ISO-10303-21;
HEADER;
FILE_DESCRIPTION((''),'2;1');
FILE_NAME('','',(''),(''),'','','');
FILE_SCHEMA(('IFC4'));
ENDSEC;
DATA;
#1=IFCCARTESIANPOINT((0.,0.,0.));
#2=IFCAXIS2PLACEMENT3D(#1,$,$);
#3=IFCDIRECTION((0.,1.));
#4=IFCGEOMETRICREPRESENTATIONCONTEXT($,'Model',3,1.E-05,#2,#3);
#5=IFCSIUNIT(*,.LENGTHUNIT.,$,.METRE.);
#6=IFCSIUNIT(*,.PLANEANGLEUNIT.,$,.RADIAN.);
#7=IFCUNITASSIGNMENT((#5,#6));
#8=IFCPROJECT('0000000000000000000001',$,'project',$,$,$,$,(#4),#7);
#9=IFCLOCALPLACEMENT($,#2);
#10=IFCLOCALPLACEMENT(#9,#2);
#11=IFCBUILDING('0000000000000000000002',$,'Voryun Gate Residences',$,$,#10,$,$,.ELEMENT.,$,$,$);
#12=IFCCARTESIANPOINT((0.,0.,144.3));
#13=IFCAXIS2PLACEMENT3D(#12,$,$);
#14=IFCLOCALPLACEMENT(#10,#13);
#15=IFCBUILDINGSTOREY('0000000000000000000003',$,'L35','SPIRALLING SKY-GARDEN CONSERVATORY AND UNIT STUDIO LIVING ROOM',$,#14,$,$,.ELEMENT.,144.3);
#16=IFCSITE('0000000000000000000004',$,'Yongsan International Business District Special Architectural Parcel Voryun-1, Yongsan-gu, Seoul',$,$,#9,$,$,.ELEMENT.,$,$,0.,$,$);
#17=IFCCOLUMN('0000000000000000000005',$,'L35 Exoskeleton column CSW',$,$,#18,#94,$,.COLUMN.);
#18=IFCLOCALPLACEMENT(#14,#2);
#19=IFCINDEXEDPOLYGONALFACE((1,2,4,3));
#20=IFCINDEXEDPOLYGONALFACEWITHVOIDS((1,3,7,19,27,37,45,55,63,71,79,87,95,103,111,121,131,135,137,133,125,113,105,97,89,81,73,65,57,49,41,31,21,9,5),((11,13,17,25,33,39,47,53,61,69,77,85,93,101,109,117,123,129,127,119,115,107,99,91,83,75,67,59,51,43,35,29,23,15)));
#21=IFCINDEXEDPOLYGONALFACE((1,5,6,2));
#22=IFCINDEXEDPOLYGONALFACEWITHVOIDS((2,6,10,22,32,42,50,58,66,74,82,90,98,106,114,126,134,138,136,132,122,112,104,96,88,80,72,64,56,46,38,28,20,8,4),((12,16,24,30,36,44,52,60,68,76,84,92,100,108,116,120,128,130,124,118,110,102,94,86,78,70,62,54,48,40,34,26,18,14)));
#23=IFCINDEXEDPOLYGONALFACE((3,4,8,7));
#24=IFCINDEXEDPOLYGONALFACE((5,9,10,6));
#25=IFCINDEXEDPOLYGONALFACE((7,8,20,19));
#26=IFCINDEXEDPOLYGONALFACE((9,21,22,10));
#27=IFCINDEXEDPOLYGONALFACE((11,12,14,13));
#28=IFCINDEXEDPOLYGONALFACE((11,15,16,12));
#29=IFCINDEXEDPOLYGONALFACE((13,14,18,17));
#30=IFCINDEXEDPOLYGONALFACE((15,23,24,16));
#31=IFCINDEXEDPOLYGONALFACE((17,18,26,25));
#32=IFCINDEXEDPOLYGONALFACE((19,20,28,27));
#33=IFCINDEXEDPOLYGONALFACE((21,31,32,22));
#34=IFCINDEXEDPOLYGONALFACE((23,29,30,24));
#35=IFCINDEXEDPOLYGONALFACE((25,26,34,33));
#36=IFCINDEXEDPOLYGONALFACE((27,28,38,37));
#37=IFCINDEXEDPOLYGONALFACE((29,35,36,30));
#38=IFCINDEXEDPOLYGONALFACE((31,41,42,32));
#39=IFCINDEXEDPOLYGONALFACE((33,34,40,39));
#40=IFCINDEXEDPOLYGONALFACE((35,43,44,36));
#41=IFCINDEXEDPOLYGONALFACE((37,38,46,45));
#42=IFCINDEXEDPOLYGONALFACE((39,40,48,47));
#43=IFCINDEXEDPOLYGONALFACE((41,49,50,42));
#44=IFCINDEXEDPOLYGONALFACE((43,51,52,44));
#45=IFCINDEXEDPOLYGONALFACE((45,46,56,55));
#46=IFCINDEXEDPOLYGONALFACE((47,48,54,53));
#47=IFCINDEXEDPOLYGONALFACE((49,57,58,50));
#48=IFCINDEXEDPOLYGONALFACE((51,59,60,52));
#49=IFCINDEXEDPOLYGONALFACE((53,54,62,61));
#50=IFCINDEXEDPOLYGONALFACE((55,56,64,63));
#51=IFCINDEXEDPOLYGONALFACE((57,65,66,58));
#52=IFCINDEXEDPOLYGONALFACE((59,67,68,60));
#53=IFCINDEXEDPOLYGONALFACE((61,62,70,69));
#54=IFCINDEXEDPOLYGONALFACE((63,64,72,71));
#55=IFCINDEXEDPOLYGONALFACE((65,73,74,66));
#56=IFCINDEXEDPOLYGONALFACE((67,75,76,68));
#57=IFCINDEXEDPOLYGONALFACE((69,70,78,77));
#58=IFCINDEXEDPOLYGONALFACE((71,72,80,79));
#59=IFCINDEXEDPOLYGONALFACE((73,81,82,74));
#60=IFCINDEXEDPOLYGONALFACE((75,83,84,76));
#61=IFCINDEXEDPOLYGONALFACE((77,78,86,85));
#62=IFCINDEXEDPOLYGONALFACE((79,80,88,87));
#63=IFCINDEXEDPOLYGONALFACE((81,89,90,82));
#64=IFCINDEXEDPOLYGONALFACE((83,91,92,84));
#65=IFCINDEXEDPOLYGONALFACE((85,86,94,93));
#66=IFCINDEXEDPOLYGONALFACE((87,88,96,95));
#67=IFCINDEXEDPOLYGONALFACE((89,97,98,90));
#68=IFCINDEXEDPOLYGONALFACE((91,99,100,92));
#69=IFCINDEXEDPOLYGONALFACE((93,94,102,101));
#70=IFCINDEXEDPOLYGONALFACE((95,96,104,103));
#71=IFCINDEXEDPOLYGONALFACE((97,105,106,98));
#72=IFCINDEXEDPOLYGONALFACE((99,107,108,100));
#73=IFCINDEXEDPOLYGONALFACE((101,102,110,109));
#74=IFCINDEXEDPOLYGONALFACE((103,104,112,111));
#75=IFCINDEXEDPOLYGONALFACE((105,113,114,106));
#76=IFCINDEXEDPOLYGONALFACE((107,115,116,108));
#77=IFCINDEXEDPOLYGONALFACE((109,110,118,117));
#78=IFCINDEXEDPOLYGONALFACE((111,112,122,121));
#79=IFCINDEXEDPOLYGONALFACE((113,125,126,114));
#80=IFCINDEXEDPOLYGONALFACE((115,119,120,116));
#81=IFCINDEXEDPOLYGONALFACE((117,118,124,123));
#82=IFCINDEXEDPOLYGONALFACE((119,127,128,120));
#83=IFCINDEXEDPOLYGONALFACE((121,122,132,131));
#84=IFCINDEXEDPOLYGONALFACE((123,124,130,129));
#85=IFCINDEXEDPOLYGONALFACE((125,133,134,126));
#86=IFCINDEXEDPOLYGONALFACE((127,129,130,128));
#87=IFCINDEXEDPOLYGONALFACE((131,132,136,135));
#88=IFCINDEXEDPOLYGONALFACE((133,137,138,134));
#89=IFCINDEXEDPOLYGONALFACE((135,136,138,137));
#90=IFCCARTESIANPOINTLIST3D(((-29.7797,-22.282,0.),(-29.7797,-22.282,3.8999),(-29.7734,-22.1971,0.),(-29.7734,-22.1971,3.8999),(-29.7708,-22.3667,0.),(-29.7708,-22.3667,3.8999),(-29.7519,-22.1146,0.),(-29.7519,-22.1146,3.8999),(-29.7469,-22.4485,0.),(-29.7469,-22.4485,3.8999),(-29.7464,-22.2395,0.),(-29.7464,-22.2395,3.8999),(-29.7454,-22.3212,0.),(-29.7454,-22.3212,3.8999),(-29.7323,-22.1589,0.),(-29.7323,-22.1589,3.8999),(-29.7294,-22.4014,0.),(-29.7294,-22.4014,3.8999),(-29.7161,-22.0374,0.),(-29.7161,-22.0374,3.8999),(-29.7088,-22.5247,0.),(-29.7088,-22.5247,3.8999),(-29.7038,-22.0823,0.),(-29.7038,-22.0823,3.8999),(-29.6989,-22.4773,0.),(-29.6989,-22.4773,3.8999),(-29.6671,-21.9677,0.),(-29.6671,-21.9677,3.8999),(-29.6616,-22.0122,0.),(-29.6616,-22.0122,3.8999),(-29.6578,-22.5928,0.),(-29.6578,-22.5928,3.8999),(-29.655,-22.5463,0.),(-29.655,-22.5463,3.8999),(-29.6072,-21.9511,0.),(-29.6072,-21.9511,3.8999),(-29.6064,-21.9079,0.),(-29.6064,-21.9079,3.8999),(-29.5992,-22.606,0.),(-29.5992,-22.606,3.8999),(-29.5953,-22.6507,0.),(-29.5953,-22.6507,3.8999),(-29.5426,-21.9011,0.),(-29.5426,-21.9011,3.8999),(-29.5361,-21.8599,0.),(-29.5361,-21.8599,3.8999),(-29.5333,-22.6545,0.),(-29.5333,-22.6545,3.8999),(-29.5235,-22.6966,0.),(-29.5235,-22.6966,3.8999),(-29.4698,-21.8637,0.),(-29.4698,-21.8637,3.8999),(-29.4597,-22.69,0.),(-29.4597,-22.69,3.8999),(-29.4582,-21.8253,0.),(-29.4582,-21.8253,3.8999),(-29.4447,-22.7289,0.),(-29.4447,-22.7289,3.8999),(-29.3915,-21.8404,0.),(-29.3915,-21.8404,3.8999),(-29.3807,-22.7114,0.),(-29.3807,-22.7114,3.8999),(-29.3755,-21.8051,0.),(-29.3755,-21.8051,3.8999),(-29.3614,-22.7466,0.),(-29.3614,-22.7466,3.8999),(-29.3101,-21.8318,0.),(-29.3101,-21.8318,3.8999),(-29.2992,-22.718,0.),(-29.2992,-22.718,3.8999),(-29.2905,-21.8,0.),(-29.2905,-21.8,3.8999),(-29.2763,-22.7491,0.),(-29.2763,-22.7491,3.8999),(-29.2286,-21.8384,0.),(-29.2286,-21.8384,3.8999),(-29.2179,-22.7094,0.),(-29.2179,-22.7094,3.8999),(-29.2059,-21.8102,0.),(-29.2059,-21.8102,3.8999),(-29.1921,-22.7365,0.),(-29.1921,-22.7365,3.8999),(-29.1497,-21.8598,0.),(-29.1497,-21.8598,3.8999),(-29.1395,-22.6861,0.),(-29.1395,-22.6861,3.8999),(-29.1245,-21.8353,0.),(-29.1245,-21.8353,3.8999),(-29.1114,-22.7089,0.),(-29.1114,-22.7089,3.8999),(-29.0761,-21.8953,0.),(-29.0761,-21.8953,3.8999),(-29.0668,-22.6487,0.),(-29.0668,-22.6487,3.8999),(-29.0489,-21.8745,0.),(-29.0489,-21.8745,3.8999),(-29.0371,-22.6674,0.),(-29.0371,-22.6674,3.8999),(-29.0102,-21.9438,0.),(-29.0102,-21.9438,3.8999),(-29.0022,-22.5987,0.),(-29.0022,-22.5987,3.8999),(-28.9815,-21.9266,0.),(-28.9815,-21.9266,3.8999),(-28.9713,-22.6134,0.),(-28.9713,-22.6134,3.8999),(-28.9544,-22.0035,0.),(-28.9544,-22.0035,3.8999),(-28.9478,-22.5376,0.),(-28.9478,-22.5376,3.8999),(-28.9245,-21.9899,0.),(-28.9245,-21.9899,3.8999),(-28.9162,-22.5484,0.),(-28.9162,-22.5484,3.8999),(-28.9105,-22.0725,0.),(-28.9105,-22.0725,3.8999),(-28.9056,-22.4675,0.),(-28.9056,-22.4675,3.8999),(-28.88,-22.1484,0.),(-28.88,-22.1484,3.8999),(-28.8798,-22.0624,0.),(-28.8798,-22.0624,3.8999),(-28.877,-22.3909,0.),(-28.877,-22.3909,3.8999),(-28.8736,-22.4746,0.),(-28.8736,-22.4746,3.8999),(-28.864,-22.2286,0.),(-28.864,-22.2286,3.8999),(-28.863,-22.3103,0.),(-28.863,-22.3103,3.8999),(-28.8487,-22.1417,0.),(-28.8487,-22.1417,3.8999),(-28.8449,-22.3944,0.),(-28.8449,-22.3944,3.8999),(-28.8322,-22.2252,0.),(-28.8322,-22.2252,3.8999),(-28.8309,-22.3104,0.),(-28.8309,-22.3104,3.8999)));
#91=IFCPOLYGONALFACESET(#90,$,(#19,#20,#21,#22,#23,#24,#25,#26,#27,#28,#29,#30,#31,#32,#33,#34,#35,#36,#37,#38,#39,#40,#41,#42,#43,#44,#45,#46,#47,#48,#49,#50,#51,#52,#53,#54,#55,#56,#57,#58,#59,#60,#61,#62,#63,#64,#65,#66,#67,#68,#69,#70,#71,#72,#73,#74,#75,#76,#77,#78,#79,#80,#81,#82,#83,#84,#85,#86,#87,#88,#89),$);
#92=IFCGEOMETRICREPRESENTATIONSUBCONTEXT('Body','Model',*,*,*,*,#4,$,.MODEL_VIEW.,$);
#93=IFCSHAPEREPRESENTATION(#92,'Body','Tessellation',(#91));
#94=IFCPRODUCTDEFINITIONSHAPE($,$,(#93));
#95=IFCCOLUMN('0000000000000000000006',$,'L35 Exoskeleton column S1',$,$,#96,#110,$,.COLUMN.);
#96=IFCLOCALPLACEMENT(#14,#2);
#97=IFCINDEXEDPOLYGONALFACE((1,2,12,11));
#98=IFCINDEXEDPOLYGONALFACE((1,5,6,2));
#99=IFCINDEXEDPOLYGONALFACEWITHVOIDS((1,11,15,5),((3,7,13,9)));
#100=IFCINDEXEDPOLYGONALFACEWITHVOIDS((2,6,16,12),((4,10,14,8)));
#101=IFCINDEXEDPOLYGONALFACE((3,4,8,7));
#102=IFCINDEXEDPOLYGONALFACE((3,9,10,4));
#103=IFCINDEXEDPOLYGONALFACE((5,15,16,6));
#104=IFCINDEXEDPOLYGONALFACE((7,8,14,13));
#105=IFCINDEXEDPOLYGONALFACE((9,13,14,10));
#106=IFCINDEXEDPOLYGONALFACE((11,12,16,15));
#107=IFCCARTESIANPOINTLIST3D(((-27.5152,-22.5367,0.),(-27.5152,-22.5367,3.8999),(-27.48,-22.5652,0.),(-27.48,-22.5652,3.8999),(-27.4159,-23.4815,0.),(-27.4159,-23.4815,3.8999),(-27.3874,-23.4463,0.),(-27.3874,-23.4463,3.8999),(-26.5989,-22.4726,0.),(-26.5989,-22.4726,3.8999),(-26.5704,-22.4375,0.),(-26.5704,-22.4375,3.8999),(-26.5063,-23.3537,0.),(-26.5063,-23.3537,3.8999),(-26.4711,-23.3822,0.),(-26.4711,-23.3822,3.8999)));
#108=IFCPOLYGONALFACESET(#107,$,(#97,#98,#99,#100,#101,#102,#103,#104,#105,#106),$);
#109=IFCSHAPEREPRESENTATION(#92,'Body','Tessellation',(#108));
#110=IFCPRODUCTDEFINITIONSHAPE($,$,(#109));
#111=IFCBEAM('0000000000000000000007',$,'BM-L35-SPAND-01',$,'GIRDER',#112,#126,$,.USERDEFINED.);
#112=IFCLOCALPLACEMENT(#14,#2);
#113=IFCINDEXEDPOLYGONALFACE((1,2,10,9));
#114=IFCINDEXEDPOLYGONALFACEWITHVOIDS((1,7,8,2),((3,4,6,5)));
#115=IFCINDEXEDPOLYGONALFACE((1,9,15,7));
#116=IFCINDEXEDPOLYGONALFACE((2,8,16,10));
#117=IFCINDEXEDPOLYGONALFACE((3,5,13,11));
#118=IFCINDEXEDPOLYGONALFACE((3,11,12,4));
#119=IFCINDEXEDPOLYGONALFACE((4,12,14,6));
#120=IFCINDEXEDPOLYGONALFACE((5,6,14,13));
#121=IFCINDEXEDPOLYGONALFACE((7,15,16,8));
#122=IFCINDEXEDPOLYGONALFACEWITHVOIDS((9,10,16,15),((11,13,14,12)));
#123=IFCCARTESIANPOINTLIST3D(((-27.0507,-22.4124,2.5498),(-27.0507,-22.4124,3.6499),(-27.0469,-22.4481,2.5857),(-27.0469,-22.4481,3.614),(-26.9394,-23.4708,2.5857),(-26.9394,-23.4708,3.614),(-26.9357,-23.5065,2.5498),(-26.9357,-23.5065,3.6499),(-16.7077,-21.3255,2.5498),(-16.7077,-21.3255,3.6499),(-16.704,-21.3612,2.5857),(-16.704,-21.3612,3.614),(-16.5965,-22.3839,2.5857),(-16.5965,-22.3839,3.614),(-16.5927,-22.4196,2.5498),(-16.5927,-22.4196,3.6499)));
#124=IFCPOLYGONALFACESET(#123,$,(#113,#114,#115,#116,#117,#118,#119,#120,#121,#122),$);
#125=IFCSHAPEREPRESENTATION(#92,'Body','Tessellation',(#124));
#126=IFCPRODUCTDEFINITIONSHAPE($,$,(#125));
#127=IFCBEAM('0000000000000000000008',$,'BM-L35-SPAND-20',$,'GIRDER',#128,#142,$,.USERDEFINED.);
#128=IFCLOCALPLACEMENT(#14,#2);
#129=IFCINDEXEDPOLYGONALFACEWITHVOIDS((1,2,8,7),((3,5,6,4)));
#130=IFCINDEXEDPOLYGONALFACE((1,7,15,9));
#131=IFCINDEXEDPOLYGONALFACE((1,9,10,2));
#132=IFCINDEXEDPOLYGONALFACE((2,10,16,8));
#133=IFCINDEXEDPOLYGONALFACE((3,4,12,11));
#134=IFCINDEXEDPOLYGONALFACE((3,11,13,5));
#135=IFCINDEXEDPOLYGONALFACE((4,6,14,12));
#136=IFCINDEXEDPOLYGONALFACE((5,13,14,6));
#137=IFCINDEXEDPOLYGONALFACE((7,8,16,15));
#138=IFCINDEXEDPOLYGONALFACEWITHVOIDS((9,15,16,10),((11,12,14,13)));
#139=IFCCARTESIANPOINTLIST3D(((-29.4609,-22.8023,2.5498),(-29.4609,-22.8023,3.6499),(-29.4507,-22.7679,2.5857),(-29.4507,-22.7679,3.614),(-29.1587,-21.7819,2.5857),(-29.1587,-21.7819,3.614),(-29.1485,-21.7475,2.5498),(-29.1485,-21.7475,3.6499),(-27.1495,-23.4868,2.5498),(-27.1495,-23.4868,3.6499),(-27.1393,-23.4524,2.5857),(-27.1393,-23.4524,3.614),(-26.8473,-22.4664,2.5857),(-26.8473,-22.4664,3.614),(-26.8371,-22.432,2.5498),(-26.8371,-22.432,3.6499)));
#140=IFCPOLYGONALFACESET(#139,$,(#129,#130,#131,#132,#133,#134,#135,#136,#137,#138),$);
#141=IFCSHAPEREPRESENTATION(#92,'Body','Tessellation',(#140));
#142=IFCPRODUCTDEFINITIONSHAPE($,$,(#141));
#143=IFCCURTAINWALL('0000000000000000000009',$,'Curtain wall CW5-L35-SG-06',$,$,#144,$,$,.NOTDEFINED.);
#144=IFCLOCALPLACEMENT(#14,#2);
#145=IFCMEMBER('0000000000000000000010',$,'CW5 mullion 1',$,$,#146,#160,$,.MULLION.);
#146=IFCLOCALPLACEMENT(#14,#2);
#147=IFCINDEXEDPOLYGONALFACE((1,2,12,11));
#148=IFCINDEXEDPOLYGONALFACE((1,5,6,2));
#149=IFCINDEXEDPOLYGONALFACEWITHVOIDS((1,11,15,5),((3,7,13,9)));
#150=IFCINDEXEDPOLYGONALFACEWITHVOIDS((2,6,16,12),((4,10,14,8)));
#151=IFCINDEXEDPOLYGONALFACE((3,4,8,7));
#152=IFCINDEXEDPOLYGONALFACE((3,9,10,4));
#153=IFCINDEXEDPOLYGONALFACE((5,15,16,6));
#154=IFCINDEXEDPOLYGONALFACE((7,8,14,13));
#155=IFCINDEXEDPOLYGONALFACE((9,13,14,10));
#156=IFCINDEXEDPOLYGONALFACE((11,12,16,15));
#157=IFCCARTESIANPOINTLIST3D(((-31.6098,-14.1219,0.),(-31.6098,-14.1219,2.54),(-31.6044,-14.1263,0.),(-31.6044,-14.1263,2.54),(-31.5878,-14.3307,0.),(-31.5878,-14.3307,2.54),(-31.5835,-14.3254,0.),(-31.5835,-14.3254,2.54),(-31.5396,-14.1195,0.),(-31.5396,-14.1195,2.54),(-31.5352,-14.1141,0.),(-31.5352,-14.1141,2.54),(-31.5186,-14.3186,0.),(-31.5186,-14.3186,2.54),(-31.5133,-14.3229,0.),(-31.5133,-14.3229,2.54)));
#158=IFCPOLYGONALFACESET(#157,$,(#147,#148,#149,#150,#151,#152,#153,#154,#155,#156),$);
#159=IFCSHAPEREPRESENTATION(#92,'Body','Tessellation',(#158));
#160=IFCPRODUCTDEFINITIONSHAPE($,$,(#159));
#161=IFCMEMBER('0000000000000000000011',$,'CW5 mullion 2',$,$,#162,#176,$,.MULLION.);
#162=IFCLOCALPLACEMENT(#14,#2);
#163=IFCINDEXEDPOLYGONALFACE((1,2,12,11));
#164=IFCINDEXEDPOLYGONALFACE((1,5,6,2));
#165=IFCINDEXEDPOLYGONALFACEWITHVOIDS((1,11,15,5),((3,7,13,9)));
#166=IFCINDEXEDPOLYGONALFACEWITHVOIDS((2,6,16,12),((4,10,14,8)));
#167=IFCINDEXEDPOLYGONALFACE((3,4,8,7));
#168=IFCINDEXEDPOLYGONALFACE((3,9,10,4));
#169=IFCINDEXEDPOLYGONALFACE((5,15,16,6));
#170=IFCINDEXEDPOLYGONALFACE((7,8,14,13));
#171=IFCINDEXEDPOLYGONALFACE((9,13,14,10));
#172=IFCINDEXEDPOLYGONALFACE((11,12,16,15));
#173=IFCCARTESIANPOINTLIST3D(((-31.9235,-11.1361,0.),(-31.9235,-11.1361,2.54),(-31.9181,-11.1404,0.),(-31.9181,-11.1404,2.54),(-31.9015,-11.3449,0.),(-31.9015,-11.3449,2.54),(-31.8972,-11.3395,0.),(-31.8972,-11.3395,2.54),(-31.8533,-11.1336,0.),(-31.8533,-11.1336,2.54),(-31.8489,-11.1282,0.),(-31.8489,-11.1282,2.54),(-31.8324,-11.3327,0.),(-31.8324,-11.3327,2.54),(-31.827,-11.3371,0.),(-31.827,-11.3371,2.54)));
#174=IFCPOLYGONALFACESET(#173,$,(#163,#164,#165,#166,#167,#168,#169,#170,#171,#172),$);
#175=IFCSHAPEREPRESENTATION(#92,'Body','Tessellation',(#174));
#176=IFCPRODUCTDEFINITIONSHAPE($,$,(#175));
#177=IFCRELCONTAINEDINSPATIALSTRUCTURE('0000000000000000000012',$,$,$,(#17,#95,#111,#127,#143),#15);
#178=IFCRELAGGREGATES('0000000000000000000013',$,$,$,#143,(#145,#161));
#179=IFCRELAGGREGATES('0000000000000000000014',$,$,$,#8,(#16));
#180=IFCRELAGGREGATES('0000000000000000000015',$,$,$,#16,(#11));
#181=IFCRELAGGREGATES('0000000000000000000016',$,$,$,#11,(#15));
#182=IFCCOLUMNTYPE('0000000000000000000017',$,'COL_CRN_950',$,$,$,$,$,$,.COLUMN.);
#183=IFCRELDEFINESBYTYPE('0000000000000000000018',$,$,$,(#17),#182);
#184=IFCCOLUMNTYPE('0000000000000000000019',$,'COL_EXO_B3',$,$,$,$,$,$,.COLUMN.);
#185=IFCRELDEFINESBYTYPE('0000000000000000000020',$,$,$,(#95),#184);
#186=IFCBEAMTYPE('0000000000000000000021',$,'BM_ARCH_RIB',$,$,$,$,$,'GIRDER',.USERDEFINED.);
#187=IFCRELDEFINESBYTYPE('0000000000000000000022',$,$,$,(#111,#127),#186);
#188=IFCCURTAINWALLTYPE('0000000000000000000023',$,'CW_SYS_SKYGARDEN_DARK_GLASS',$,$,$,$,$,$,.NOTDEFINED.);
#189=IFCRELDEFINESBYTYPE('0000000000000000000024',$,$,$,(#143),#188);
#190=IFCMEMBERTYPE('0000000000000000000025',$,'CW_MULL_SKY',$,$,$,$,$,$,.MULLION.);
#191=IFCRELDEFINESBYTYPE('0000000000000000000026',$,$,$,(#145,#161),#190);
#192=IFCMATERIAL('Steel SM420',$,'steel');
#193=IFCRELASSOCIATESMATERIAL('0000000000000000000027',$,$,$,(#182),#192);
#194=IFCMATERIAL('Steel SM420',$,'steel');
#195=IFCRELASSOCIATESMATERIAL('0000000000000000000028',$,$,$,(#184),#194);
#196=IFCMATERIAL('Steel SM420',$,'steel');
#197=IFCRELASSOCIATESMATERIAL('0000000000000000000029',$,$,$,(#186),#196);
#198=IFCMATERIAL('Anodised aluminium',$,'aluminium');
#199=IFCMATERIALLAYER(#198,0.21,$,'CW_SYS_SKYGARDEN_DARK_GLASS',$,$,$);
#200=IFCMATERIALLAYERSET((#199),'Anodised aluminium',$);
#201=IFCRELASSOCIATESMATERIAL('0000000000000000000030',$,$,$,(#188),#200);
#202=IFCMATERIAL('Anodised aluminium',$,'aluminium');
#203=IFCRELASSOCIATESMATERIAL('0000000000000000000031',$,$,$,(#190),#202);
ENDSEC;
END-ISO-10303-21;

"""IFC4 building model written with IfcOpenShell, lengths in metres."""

from ifc_helpers import new_model, si_unit, direction, frame, origin, origin_2d, place, context, subcontext, project, spatial, hollow_rectangle, hollow_circle, extrude, material, layer, layer_set, material_profile, profile_set, type_object, element, aggregate, save


model = new_model("IFC4")

# Units and contexts
model_context = context("Model", 3, precision=1e-05, world=origin(), true_north=direction((0.0, 1.0)))
body_context = subcontext(model_context, "Body", "Model", "MODEL_VIEW")
ifc_project = project(units=[si_unit("LENGTHUNIT", "METRE"), si_unit("PLANEANGLEUNIT", "RADIAN")], contexts=[model_context])

# Site, building, storey
site_placement = place(None, origin())
site = spatial("IfcSite", under=ifc_project, at=site_placement, Name="Yongsan International Business District Special Architectural Parcel Voryun-1, Yongsan-gu, Seoul", CompositionType="ELEMENT", RefElevation=0.0)
building_placement = place(site_placement, origin())
building = spatial("IfcBuilding", under=site, at=building_placement, Name="Voryun Gate Residences", CompositionType="ELEMENT")
storey_placement = place(building_placement, frame((0.0, 0.0, 144.3)))
storey = spatial("IfcBuildingStorey", under=building, at=storey_placement, Name="L35", Description="SPIRALLING SKY-GARDEN CONSERVATORY AND UNIT STUDIO LIVING ROOM", CompositionType="ELEMENT", Elevation=144.3)

# Columns
ifc_material_1 = material(Name="Steel SM420", Category="steel")
ifc_material_profile_1 = material_profile(ifc_material_1, hollow_circle(Radius=0.4751, WallThickness=0.032, at=origin_2d()), Name="CHS-950x32")
ifc_profile_set_1 = profile_set([ifc_material_profile_1], Name="Steel SM420")
column_type_1 = type_object("IfcColumnType", Name="COL_CRN_950", PredefinedType="COLUMN", material=ifc_profile_set_1)
column_1_placement = place(storey_placement, frame((-29.3047, -22.2749, 0.0), z_axis=(0.0, 0.0, 1.0), x_axis=(0.994522, 0.104528, 0.0)))
element("IfcColumn", 1, at=column_1_placement, inside=storey, type_object=column_type_1, Name="L35 Exoskeleton column CSW", PredefinedType="COLUMN", context=body_context, shape_type="SweptSolid", body=[
    extrude(hollow_circle(Radius=0.4751, WallThickness=0.032, at=origin_2d()), origin(), (0.0, 0.0, 1.0), 3.8999),
])
ifc_material_2 = material(Name="Steel SM420", Category="steel")
ifc_material_profile_2 = material_profile(ifc_material_2, hollow_rectangle(XDim=0.95, YDim=0.95, WallThickness=0.032, at=origin_2d()), Name="BOX-950x950x32")
ifc_profile_set_2 = profile_set([ifc_material_profile_2], Name="Steel SM420")
column_type_2 = type_object("IfcColumnType", Name="COL_EXO_B3", PredefinedType="COLUMN", material=ifc_profile_set_2)
column_2_placement = place(storey_placement, frame((-26.9932, -22.9595, 0.0), z_axis=(0.0, 0.0, 1.0), x_axis=(0.994522, 0.104528, 0.0)))
element("IfcColumn", 2, at=column_2_placement, inside=storey, type_object=column_type_2, Name="L35 Exoskeleton column S1", PredefinedType="COLUMN", context=body_context, shape_type="SweptSolid", body=[
    extrude(hollow_rectangle(XDim=0.95, YDim=0.95, WallThickness=0.032, at=origin_2d()), origin(), (0.0, 0.0, 1.0), 3.8999),
])

# Beams
ifc_material_3 = material(Name="Steel SM420", Category="steel")
ifc_material_profile_3 = material_profile(ifc_material_3, hollow_rectangle(XDim=1.1001, YDim=1.1001, WallThickness=0.0359, at=origin_2d()), Name="BOX-1100x1100x36")
ifc_profile_set_3 = profile_set([ifc_material_profile_3], Name="Steel SM420")
beam_type = type_object("IfcBeamType", Name="BM_ARCH_RIB", ElementType="GIRDER", PredefinedType="USERDEFINED", material=ifc_profile_set_3)
beam_1_placement = place(storey_placement, frame((-26.9932, -22.9595, 3.0999), z_axis=(0.994524, 0.104511, 0.0), x_axis=(-0.104511, 0.994524, 0.0)))
element("IfcBeam", 3, at=beam_1_placement, inside=storey, type_object=beam_type, Name="BM-L35-SPAND-01", ObjectType="GIRDER", PredefinedType="USERDEFINED", context=body_context, shape_type="SweptSolid", body=[
    extrude(hollow_rectangle(XDim=1.1001, YDim=1.1001, WallThickness=0.0359, at=origin_2d()), origin(), (0.0, 0.0, 1.0), 10.3999),
])
beam_2_placement = place(storey_placement, frame((-29.3047, -22.2749, 3.0999), z_axis=(0.958835, -0.283964, 0.0), x_axis=(0.283964, 0.958835, 0.0)))
element("IfcBeam", 4, at=beam_2_placement, inside=storey, type_object=beam_type, Name="BM-L35-SPAND-20", ObjectType="GIRDER", PredefinedType="USERDEFINED", context=body_context, shape_type="SweptSolid", body=[
    extrude(hollow_rectangle(XDim=1.1001, YDim=1.1001, WallThickness=0.0359, at=origin_2d()), origin(), (0.0, 0.0, 1.0), 2.4106),
])

# Curtain wall, members
ifc_material_4 = material(Name="Anodised aluminium", Category="aluminium")
ifc_layer_1 = layer(ifc_material_4, 0.21, Name="CW_SYS_SKYGARDEN_DARK_GLASS")
ifc_layer_set_1 = layer_set([ifc_layer_1], Name="Anodised aluminium")
curtain_wall_type = type_object("IfcCurtainWallType", Name="CW_SYS_SKYGARDEN_DARK_GLASS", PredefinedType="NOTDEFINED", material=ifc_layer_set_1)
curtain_wall_placement = place(storey_placement, origin())
curtain_wall = element("IfcCurtainWall", 5, at=curtain_wall_placement, inside=storey, type_object=curtain_wall_type, Name="Curtain wall CW5-L35-SG-06", PredefinedType="NOTDEFINED")
ifc_material_5 = material(Name="Anodised aluminium", Category="aluminium")
ifc_material_profile_4 = material_profile(ifc_material_5, hollow_rectangle(XDim=0.075, YDim=0.21, WallThickness=0.0049, at=origin_2d()), Name="ALU-MULL-210x75x5")
ifc_profile_set_4 = profile_set([ifc_material_profile_4], Name="Anodised aluminium")
member_type_1 = type_object("IfcMemberType", Name="CW_MULL_SKY", PredefinedType="MULLION", material=ifc_profile_set_4)
member_1_placement = place(storey_placement, frame((-31.5615, -14.2224, 0.0), z_axis=(0.0, 0.0, 1.0), x_axis=(-0.994522, -0.10453, 0.0)))
member_1 = element("IfcMember", 6, at=member_1_placement, type_object=member_type_1, Name="CW5 mullion 1", PredefinedType="MULLION", context=body_context, shape_type="SweptSolid", body=[
    extrude(hollow_rectangle(XDim=0.075, YDim=0.21, WallThickness=0.0049, at=origin_2d()), origin(), (0.0, 0.0, 1.0), 2.54),
])
member_2_placement = place(storey_placement, frame((-31.8752, -11.2366, 0.0), z_axis=(0.0, 0.0, 1.0), x_axis=(-0.994522, -0.10453, 0.0)))
member_2 = element("IfcMember", 7, at=member_2_placement, type_object=member_type_1, Name="CW5 mullion 2", PredefinedType="MULLION", context=body_context, shape_type="SweptSolid", body=[
    extrude(hollow_rectangle(XDim=0.075, YDim=0.21, WallThickness=0.0049, at=origin_2d()), origin(), (0.0, 0.0, 1.0), 2.54),
])

aggregate(curtain_wall, [member_1, member_2])

save(model, "model.ifc")
